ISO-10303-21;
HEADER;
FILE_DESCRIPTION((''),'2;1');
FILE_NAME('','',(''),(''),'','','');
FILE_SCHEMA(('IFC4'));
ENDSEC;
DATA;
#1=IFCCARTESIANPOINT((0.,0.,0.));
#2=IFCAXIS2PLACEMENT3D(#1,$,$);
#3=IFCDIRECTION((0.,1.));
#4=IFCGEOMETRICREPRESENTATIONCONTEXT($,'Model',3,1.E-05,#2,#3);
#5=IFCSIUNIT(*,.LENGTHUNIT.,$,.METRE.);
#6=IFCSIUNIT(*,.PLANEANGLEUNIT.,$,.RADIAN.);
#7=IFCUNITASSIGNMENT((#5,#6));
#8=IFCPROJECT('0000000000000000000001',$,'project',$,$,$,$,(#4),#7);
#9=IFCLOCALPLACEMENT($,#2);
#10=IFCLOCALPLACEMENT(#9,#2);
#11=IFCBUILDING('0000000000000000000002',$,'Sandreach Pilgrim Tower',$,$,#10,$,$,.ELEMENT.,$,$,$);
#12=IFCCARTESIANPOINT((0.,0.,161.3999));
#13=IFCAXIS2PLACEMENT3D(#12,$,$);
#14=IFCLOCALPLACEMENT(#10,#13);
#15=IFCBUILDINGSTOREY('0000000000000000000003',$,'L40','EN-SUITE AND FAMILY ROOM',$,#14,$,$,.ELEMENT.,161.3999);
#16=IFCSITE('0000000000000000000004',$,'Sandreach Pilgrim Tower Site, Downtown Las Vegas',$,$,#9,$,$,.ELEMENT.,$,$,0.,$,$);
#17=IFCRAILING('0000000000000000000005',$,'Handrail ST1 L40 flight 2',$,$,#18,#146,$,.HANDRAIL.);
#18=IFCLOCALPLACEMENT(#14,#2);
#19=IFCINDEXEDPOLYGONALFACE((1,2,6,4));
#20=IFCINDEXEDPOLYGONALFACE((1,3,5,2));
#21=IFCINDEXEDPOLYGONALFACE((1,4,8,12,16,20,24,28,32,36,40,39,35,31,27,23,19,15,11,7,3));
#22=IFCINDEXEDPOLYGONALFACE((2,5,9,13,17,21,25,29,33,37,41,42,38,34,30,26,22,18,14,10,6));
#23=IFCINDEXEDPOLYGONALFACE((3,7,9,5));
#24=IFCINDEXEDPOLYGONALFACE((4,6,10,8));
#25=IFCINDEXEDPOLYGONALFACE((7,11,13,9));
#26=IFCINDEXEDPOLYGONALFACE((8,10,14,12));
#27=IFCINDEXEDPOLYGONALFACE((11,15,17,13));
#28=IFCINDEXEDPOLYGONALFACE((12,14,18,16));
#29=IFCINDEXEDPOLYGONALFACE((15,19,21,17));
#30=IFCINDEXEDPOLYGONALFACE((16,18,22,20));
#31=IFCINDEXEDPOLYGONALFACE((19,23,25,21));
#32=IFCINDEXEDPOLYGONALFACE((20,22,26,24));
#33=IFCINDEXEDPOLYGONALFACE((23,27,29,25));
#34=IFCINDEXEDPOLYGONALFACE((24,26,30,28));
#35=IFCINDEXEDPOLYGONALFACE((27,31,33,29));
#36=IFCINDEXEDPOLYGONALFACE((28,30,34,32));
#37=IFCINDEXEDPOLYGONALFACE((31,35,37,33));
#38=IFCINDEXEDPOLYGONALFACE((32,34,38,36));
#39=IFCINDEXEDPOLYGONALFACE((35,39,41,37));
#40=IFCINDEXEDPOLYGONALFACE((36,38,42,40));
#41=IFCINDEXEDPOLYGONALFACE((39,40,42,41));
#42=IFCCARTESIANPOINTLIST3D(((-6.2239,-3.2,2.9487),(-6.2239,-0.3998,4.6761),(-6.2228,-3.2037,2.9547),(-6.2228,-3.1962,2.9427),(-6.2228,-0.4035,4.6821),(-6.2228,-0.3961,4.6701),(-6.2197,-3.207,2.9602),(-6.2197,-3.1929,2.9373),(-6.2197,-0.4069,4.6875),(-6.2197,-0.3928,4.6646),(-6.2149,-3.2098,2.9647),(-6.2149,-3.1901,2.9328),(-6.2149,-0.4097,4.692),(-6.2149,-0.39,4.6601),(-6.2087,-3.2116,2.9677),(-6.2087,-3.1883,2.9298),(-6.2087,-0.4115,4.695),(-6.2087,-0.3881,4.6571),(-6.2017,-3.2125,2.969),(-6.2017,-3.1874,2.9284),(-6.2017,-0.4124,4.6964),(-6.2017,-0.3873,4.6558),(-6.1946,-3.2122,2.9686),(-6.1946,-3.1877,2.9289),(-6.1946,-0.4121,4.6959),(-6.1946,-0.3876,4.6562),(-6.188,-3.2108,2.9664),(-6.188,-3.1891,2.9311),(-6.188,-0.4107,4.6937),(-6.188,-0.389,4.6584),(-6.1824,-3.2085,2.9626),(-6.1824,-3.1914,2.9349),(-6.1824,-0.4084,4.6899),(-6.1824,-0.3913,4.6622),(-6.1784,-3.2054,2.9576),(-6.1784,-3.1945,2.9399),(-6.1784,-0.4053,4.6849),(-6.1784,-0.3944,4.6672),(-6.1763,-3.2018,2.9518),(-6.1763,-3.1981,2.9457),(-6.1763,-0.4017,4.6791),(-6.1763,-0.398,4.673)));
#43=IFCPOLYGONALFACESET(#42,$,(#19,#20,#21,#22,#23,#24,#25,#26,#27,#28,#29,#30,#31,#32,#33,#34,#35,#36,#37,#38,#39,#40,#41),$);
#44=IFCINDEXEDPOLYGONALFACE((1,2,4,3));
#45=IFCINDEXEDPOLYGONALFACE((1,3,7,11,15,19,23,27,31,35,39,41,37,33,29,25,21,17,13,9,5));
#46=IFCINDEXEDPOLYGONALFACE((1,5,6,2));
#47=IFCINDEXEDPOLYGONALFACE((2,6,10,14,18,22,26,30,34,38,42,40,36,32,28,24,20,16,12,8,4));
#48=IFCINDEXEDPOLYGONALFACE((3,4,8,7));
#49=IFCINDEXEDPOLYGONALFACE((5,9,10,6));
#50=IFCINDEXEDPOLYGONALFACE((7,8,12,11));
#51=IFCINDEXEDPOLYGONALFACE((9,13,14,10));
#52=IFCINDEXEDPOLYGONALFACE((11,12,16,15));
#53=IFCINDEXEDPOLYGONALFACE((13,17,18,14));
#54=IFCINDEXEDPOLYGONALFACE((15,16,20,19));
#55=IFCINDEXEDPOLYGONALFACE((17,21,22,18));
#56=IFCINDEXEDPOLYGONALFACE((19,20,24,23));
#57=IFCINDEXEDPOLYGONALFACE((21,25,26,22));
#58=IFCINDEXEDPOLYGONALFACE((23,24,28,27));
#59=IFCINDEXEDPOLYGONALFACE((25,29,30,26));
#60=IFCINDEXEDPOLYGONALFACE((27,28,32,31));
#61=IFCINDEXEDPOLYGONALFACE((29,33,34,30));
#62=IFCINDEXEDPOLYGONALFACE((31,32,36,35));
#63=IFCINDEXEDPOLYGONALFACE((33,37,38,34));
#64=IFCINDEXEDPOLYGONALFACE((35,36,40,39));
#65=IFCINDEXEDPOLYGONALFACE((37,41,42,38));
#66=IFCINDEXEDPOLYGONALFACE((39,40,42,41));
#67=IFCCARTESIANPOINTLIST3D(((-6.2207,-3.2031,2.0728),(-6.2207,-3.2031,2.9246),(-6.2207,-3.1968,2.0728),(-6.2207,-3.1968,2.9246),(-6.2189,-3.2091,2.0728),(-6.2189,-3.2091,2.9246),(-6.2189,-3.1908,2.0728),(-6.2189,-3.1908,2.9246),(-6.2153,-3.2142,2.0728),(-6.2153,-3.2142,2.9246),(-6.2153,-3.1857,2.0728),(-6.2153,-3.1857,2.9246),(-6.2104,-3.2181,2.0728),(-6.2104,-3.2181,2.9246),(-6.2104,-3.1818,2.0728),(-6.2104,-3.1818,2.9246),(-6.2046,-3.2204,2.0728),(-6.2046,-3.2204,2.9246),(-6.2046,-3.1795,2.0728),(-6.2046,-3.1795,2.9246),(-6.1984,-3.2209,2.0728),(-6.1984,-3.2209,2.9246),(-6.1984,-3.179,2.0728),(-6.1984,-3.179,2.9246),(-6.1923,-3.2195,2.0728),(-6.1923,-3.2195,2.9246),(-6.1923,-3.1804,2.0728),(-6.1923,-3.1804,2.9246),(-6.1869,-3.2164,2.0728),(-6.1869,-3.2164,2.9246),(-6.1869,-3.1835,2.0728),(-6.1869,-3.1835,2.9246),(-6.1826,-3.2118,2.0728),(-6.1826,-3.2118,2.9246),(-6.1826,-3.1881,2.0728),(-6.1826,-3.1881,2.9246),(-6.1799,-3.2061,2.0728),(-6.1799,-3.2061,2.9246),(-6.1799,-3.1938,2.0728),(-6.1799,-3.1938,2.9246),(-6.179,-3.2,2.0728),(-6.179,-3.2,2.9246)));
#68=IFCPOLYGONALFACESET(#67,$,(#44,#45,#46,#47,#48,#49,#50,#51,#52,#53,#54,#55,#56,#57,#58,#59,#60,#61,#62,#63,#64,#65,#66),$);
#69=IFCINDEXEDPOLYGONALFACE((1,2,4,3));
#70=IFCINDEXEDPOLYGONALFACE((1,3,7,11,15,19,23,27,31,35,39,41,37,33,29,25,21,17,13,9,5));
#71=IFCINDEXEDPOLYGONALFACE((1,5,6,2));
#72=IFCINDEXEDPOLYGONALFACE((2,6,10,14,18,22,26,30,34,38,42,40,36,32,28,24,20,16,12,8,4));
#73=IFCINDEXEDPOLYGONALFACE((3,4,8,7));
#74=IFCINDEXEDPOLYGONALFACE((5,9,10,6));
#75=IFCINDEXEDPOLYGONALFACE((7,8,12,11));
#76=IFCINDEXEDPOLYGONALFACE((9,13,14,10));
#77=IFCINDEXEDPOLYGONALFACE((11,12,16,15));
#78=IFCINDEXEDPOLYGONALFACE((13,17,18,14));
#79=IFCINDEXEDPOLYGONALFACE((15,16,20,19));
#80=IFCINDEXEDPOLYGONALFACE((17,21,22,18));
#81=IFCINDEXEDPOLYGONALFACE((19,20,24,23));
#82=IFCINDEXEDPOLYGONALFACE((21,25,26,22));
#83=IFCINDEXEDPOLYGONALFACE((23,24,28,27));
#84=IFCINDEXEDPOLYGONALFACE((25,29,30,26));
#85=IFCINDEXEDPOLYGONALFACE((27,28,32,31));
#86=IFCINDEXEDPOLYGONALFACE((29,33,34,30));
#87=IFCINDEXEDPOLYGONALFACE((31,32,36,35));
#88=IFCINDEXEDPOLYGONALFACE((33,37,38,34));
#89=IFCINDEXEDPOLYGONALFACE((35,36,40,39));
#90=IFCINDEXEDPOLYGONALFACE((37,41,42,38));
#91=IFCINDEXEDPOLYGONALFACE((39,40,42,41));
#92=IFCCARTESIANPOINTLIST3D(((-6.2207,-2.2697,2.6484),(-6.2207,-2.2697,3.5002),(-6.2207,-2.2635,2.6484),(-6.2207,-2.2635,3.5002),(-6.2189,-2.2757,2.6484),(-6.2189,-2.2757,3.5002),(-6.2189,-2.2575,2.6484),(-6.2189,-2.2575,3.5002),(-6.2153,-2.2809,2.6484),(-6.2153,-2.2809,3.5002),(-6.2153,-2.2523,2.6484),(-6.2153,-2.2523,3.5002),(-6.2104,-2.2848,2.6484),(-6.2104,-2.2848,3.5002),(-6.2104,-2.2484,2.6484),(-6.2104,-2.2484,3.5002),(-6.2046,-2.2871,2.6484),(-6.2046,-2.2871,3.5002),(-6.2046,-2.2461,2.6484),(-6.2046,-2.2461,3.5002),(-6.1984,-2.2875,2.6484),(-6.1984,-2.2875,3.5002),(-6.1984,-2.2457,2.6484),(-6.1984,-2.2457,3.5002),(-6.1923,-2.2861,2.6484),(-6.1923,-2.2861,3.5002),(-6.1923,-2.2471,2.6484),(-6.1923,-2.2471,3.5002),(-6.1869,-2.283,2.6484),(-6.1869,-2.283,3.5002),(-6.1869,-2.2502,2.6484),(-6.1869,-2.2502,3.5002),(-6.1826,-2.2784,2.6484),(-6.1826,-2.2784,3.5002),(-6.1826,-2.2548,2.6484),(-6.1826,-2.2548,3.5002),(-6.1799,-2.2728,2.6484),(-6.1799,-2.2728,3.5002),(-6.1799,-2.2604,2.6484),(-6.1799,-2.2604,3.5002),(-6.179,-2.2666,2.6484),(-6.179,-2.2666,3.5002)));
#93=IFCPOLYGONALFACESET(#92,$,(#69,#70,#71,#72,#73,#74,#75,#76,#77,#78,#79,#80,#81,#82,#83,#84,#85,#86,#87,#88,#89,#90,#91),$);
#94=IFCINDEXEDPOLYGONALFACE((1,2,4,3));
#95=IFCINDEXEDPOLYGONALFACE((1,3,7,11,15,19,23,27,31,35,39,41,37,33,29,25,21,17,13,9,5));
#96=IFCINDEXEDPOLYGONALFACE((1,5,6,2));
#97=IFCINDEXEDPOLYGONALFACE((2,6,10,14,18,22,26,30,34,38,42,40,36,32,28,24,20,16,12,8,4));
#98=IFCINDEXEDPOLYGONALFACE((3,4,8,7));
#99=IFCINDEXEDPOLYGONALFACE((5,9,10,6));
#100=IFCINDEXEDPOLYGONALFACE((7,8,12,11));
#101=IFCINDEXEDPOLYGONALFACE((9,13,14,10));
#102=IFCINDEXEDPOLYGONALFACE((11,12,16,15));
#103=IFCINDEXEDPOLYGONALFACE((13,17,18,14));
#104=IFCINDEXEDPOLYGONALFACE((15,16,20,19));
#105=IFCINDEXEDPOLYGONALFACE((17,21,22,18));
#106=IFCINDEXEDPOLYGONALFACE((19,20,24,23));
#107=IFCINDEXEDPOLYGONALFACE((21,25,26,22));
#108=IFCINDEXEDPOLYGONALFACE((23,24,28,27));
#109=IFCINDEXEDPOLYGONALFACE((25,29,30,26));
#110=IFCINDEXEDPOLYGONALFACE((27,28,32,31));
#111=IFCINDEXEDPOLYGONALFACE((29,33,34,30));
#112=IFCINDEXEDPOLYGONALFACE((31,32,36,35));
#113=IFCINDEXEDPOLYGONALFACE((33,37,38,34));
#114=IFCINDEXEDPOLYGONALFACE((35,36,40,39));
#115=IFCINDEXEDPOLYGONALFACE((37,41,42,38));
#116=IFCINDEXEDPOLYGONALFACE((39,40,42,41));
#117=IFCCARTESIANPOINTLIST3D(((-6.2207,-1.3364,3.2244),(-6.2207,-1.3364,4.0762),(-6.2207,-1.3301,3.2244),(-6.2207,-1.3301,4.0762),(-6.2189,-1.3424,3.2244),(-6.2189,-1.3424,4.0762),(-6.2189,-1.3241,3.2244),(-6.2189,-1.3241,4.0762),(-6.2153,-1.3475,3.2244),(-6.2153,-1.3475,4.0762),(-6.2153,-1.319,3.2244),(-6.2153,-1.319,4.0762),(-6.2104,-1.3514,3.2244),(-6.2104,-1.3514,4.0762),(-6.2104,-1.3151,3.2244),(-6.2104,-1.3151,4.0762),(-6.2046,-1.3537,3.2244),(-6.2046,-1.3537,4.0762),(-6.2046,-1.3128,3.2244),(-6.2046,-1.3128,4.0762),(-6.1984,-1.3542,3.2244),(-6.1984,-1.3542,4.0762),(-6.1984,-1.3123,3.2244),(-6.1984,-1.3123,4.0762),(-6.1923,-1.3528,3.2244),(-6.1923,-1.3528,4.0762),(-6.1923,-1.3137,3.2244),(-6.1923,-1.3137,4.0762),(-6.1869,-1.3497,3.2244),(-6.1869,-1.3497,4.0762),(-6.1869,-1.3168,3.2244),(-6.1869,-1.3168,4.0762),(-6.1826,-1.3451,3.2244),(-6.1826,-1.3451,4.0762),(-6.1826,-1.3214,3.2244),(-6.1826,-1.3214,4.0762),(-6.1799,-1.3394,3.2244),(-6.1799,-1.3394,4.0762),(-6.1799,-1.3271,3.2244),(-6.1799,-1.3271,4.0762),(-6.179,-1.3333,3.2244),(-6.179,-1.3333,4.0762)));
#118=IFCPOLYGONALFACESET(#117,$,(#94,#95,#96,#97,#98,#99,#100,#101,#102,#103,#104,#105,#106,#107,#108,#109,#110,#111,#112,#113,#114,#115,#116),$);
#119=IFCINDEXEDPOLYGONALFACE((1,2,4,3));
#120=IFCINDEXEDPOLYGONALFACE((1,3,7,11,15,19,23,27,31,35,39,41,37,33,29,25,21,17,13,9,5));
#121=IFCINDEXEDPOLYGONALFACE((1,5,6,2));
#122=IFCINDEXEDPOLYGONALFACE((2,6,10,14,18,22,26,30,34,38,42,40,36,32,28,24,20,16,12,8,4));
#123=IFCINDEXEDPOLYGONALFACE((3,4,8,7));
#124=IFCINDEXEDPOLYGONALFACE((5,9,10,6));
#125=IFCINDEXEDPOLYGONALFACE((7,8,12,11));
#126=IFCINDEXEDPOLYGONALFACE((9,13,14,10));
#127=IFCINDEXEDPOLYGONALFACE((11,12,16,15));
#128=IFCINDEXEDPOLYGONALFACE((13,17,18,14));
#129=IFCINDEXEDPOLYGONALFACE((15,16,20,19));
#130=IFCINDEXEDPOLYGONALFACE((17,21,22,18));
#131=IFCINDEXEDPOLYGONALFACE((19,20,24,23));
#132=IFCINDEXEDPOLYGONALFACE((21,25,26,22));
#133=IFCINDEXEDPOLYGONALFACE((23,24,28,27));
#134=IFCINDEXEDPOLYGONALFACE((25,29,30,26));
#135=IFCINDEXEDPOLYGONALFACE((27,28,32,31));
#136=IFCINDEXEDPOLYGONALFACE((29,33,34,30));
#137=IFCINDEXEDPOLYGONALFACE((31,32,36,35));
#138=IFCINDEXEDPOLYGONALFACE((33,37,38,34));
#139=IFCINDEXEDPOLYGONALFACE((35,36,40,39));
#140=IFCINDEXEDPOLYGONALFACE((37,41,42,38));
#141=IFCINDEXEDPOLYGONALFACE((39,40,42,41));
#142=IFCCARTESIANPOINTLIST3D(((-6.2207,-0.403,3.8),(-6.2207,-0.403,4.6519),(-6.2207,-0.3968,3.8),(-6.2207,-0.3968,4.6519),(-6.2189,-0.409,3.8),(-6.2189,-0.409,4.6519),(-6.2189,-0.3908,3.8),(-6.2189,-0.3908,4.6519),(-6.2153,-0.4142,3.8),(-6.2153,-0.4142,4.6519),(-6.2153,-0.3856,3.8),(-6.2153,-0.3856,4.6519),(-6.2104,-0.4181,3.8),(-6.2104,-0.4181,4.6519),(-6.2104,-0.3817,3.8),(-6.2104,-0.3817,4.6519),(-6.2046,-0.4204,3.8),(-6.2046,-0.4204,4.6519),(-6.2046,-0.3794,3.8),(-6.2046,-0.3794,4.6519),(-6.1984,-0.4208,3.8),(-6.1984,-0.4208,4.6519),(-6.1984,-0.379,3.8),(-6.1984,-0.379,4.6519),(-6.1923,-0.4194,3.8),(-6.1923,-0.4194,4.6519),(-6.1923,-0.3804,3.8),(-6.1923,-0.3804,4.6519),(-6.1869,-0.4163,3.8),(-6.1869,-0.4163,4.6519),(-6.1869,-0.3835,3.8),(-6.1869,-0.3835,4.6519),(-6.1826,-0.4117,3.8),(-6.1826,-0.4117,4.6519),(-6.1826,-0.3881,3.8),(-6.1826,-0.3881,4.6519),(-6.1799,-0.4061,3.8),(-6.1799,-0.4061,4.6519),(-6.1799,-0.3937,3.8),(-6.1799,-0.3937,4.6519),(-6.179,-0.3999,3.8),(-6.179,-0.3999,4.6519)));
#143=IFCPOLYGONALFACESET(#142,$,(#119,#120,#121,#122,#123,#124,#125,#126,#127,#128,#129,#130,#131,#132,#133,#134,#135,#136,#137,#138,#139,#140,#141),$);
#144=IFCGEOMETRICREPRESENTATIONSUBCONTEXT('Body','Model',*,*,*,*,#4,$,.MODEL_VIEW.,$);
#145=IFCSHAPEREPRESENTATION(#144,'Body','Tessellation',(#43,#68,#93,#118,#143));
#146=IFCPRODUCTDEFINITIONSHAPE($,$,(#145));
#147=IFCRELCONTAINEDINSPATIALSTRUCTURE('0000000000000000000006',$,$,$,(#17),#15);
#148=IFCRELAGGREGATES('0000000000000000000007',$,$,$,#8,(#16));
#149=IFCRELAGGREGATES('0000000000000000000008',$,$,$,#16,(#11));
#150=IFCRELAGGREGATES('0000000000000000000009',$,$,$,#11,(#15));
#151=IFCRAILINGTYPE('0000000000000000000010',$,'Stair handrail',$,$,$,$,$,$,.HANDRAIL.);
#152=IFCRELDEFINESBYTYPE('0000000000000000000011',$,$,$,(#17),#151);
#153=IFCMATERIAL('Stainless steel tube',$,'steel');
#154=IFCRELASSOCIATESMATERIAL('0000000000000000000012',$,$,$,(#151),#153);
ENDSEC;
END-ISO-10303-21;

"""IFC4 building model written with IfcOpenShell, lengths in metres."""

from ifc_helpers import new_model, si_unit, direction, frame, origin, origin_2d, place, context, subcontext, project, spatial, circle, extrude, material, type_object, element, save


model = new_model("IFC4")

# Units and contexts
model_context = context("Model", 3, precision=1e-05, world=origin(), true_north=direction((0.0, 1.0)))
body_context = subcontext(model_context, "Body", "Model", "MODEL_VIEW")
ifc_project = project(units=[si_unit("LENGTHUNIT", "METRE"), si_unit("PLANEANGLEUNIT", "RADIAN")], contexts=[model_context])

# Site, building, storey
site_placement = place(None, origin())
site = spatial("IfcSite", under=ifc_project, at=site_placement, Name="Sandreach Pilgrim Tower Site, Downtown Las Vegas", CompositionType="ELEMENT", RefElevation=0.0)
building_placement = place(site_placement, origin())
building = spatial("IfcBuilding", under=site, at=building_placement, Name="Sandreach Pilgrim Tower", CompositionType="ELEMENT")
storey_placement = place(building_placement, frame((0.0, 0.0, 161.3999)))
storey = spatial("IfcBuildingStorey", under=building, at=storey_placement, Name="L40", Description="EN-SUITE AND FAMILY ROOM", CompositionType="ELEMENT", Elevation=161.3999)

# Railing
ifc_material_1 = material(Name="Stainless steel tube", Category="steel")
railing_type = type_object("IfcRailingType", Name="Stair handrail", PredefinedType="HANDRAIL", material=ifc_material_1)
for number, where, name in (
    (1, (-6.2, -3.2, 2.0728), "Handrail ST1 L40 flight 2"),
):
    element("IfcRailing", number, at=place(storey_placement, frame(where)), inside=storey, type_object=railing_type, Name=name, PredefinedType="HANDRAIL", context=body_context, shape_type="SweptSolid", body=[
        extrude(circle(Radius=0.0239, at=origin_2d()), frame((0.0, 0.0, 0.876), z_axis=(0.0, 0.85109, 0.52502), x_axis=(-1.0, 0.0, 0.0)), (0.0, 0.0, 1.0), 3.29),
        extrude(circle(Radius=0.021, at=origin_2d()), origin(), (0.0, 0.0, 1.0), 0.8518),
        extrude(circle(Radius=0.021, at=origin_2d()), frame((0.0, 0.9333, 0.5757)), (0.0, 0.0, 1.0), 0.8518),
        extrude(circle(Radius=0.021, at=origin_2d()), frame((0.0, 1.8667, 1.1516)), (0.0, 0.0, 1.0), 0.8518),
        extrude(circle(Radius=0.021, at=origin_2d()), frame((0.0, 2.8, 1.7273)), (0.0, 0.0, 1.0), 0.8518),
    ])

save(model, "model.ifc")
